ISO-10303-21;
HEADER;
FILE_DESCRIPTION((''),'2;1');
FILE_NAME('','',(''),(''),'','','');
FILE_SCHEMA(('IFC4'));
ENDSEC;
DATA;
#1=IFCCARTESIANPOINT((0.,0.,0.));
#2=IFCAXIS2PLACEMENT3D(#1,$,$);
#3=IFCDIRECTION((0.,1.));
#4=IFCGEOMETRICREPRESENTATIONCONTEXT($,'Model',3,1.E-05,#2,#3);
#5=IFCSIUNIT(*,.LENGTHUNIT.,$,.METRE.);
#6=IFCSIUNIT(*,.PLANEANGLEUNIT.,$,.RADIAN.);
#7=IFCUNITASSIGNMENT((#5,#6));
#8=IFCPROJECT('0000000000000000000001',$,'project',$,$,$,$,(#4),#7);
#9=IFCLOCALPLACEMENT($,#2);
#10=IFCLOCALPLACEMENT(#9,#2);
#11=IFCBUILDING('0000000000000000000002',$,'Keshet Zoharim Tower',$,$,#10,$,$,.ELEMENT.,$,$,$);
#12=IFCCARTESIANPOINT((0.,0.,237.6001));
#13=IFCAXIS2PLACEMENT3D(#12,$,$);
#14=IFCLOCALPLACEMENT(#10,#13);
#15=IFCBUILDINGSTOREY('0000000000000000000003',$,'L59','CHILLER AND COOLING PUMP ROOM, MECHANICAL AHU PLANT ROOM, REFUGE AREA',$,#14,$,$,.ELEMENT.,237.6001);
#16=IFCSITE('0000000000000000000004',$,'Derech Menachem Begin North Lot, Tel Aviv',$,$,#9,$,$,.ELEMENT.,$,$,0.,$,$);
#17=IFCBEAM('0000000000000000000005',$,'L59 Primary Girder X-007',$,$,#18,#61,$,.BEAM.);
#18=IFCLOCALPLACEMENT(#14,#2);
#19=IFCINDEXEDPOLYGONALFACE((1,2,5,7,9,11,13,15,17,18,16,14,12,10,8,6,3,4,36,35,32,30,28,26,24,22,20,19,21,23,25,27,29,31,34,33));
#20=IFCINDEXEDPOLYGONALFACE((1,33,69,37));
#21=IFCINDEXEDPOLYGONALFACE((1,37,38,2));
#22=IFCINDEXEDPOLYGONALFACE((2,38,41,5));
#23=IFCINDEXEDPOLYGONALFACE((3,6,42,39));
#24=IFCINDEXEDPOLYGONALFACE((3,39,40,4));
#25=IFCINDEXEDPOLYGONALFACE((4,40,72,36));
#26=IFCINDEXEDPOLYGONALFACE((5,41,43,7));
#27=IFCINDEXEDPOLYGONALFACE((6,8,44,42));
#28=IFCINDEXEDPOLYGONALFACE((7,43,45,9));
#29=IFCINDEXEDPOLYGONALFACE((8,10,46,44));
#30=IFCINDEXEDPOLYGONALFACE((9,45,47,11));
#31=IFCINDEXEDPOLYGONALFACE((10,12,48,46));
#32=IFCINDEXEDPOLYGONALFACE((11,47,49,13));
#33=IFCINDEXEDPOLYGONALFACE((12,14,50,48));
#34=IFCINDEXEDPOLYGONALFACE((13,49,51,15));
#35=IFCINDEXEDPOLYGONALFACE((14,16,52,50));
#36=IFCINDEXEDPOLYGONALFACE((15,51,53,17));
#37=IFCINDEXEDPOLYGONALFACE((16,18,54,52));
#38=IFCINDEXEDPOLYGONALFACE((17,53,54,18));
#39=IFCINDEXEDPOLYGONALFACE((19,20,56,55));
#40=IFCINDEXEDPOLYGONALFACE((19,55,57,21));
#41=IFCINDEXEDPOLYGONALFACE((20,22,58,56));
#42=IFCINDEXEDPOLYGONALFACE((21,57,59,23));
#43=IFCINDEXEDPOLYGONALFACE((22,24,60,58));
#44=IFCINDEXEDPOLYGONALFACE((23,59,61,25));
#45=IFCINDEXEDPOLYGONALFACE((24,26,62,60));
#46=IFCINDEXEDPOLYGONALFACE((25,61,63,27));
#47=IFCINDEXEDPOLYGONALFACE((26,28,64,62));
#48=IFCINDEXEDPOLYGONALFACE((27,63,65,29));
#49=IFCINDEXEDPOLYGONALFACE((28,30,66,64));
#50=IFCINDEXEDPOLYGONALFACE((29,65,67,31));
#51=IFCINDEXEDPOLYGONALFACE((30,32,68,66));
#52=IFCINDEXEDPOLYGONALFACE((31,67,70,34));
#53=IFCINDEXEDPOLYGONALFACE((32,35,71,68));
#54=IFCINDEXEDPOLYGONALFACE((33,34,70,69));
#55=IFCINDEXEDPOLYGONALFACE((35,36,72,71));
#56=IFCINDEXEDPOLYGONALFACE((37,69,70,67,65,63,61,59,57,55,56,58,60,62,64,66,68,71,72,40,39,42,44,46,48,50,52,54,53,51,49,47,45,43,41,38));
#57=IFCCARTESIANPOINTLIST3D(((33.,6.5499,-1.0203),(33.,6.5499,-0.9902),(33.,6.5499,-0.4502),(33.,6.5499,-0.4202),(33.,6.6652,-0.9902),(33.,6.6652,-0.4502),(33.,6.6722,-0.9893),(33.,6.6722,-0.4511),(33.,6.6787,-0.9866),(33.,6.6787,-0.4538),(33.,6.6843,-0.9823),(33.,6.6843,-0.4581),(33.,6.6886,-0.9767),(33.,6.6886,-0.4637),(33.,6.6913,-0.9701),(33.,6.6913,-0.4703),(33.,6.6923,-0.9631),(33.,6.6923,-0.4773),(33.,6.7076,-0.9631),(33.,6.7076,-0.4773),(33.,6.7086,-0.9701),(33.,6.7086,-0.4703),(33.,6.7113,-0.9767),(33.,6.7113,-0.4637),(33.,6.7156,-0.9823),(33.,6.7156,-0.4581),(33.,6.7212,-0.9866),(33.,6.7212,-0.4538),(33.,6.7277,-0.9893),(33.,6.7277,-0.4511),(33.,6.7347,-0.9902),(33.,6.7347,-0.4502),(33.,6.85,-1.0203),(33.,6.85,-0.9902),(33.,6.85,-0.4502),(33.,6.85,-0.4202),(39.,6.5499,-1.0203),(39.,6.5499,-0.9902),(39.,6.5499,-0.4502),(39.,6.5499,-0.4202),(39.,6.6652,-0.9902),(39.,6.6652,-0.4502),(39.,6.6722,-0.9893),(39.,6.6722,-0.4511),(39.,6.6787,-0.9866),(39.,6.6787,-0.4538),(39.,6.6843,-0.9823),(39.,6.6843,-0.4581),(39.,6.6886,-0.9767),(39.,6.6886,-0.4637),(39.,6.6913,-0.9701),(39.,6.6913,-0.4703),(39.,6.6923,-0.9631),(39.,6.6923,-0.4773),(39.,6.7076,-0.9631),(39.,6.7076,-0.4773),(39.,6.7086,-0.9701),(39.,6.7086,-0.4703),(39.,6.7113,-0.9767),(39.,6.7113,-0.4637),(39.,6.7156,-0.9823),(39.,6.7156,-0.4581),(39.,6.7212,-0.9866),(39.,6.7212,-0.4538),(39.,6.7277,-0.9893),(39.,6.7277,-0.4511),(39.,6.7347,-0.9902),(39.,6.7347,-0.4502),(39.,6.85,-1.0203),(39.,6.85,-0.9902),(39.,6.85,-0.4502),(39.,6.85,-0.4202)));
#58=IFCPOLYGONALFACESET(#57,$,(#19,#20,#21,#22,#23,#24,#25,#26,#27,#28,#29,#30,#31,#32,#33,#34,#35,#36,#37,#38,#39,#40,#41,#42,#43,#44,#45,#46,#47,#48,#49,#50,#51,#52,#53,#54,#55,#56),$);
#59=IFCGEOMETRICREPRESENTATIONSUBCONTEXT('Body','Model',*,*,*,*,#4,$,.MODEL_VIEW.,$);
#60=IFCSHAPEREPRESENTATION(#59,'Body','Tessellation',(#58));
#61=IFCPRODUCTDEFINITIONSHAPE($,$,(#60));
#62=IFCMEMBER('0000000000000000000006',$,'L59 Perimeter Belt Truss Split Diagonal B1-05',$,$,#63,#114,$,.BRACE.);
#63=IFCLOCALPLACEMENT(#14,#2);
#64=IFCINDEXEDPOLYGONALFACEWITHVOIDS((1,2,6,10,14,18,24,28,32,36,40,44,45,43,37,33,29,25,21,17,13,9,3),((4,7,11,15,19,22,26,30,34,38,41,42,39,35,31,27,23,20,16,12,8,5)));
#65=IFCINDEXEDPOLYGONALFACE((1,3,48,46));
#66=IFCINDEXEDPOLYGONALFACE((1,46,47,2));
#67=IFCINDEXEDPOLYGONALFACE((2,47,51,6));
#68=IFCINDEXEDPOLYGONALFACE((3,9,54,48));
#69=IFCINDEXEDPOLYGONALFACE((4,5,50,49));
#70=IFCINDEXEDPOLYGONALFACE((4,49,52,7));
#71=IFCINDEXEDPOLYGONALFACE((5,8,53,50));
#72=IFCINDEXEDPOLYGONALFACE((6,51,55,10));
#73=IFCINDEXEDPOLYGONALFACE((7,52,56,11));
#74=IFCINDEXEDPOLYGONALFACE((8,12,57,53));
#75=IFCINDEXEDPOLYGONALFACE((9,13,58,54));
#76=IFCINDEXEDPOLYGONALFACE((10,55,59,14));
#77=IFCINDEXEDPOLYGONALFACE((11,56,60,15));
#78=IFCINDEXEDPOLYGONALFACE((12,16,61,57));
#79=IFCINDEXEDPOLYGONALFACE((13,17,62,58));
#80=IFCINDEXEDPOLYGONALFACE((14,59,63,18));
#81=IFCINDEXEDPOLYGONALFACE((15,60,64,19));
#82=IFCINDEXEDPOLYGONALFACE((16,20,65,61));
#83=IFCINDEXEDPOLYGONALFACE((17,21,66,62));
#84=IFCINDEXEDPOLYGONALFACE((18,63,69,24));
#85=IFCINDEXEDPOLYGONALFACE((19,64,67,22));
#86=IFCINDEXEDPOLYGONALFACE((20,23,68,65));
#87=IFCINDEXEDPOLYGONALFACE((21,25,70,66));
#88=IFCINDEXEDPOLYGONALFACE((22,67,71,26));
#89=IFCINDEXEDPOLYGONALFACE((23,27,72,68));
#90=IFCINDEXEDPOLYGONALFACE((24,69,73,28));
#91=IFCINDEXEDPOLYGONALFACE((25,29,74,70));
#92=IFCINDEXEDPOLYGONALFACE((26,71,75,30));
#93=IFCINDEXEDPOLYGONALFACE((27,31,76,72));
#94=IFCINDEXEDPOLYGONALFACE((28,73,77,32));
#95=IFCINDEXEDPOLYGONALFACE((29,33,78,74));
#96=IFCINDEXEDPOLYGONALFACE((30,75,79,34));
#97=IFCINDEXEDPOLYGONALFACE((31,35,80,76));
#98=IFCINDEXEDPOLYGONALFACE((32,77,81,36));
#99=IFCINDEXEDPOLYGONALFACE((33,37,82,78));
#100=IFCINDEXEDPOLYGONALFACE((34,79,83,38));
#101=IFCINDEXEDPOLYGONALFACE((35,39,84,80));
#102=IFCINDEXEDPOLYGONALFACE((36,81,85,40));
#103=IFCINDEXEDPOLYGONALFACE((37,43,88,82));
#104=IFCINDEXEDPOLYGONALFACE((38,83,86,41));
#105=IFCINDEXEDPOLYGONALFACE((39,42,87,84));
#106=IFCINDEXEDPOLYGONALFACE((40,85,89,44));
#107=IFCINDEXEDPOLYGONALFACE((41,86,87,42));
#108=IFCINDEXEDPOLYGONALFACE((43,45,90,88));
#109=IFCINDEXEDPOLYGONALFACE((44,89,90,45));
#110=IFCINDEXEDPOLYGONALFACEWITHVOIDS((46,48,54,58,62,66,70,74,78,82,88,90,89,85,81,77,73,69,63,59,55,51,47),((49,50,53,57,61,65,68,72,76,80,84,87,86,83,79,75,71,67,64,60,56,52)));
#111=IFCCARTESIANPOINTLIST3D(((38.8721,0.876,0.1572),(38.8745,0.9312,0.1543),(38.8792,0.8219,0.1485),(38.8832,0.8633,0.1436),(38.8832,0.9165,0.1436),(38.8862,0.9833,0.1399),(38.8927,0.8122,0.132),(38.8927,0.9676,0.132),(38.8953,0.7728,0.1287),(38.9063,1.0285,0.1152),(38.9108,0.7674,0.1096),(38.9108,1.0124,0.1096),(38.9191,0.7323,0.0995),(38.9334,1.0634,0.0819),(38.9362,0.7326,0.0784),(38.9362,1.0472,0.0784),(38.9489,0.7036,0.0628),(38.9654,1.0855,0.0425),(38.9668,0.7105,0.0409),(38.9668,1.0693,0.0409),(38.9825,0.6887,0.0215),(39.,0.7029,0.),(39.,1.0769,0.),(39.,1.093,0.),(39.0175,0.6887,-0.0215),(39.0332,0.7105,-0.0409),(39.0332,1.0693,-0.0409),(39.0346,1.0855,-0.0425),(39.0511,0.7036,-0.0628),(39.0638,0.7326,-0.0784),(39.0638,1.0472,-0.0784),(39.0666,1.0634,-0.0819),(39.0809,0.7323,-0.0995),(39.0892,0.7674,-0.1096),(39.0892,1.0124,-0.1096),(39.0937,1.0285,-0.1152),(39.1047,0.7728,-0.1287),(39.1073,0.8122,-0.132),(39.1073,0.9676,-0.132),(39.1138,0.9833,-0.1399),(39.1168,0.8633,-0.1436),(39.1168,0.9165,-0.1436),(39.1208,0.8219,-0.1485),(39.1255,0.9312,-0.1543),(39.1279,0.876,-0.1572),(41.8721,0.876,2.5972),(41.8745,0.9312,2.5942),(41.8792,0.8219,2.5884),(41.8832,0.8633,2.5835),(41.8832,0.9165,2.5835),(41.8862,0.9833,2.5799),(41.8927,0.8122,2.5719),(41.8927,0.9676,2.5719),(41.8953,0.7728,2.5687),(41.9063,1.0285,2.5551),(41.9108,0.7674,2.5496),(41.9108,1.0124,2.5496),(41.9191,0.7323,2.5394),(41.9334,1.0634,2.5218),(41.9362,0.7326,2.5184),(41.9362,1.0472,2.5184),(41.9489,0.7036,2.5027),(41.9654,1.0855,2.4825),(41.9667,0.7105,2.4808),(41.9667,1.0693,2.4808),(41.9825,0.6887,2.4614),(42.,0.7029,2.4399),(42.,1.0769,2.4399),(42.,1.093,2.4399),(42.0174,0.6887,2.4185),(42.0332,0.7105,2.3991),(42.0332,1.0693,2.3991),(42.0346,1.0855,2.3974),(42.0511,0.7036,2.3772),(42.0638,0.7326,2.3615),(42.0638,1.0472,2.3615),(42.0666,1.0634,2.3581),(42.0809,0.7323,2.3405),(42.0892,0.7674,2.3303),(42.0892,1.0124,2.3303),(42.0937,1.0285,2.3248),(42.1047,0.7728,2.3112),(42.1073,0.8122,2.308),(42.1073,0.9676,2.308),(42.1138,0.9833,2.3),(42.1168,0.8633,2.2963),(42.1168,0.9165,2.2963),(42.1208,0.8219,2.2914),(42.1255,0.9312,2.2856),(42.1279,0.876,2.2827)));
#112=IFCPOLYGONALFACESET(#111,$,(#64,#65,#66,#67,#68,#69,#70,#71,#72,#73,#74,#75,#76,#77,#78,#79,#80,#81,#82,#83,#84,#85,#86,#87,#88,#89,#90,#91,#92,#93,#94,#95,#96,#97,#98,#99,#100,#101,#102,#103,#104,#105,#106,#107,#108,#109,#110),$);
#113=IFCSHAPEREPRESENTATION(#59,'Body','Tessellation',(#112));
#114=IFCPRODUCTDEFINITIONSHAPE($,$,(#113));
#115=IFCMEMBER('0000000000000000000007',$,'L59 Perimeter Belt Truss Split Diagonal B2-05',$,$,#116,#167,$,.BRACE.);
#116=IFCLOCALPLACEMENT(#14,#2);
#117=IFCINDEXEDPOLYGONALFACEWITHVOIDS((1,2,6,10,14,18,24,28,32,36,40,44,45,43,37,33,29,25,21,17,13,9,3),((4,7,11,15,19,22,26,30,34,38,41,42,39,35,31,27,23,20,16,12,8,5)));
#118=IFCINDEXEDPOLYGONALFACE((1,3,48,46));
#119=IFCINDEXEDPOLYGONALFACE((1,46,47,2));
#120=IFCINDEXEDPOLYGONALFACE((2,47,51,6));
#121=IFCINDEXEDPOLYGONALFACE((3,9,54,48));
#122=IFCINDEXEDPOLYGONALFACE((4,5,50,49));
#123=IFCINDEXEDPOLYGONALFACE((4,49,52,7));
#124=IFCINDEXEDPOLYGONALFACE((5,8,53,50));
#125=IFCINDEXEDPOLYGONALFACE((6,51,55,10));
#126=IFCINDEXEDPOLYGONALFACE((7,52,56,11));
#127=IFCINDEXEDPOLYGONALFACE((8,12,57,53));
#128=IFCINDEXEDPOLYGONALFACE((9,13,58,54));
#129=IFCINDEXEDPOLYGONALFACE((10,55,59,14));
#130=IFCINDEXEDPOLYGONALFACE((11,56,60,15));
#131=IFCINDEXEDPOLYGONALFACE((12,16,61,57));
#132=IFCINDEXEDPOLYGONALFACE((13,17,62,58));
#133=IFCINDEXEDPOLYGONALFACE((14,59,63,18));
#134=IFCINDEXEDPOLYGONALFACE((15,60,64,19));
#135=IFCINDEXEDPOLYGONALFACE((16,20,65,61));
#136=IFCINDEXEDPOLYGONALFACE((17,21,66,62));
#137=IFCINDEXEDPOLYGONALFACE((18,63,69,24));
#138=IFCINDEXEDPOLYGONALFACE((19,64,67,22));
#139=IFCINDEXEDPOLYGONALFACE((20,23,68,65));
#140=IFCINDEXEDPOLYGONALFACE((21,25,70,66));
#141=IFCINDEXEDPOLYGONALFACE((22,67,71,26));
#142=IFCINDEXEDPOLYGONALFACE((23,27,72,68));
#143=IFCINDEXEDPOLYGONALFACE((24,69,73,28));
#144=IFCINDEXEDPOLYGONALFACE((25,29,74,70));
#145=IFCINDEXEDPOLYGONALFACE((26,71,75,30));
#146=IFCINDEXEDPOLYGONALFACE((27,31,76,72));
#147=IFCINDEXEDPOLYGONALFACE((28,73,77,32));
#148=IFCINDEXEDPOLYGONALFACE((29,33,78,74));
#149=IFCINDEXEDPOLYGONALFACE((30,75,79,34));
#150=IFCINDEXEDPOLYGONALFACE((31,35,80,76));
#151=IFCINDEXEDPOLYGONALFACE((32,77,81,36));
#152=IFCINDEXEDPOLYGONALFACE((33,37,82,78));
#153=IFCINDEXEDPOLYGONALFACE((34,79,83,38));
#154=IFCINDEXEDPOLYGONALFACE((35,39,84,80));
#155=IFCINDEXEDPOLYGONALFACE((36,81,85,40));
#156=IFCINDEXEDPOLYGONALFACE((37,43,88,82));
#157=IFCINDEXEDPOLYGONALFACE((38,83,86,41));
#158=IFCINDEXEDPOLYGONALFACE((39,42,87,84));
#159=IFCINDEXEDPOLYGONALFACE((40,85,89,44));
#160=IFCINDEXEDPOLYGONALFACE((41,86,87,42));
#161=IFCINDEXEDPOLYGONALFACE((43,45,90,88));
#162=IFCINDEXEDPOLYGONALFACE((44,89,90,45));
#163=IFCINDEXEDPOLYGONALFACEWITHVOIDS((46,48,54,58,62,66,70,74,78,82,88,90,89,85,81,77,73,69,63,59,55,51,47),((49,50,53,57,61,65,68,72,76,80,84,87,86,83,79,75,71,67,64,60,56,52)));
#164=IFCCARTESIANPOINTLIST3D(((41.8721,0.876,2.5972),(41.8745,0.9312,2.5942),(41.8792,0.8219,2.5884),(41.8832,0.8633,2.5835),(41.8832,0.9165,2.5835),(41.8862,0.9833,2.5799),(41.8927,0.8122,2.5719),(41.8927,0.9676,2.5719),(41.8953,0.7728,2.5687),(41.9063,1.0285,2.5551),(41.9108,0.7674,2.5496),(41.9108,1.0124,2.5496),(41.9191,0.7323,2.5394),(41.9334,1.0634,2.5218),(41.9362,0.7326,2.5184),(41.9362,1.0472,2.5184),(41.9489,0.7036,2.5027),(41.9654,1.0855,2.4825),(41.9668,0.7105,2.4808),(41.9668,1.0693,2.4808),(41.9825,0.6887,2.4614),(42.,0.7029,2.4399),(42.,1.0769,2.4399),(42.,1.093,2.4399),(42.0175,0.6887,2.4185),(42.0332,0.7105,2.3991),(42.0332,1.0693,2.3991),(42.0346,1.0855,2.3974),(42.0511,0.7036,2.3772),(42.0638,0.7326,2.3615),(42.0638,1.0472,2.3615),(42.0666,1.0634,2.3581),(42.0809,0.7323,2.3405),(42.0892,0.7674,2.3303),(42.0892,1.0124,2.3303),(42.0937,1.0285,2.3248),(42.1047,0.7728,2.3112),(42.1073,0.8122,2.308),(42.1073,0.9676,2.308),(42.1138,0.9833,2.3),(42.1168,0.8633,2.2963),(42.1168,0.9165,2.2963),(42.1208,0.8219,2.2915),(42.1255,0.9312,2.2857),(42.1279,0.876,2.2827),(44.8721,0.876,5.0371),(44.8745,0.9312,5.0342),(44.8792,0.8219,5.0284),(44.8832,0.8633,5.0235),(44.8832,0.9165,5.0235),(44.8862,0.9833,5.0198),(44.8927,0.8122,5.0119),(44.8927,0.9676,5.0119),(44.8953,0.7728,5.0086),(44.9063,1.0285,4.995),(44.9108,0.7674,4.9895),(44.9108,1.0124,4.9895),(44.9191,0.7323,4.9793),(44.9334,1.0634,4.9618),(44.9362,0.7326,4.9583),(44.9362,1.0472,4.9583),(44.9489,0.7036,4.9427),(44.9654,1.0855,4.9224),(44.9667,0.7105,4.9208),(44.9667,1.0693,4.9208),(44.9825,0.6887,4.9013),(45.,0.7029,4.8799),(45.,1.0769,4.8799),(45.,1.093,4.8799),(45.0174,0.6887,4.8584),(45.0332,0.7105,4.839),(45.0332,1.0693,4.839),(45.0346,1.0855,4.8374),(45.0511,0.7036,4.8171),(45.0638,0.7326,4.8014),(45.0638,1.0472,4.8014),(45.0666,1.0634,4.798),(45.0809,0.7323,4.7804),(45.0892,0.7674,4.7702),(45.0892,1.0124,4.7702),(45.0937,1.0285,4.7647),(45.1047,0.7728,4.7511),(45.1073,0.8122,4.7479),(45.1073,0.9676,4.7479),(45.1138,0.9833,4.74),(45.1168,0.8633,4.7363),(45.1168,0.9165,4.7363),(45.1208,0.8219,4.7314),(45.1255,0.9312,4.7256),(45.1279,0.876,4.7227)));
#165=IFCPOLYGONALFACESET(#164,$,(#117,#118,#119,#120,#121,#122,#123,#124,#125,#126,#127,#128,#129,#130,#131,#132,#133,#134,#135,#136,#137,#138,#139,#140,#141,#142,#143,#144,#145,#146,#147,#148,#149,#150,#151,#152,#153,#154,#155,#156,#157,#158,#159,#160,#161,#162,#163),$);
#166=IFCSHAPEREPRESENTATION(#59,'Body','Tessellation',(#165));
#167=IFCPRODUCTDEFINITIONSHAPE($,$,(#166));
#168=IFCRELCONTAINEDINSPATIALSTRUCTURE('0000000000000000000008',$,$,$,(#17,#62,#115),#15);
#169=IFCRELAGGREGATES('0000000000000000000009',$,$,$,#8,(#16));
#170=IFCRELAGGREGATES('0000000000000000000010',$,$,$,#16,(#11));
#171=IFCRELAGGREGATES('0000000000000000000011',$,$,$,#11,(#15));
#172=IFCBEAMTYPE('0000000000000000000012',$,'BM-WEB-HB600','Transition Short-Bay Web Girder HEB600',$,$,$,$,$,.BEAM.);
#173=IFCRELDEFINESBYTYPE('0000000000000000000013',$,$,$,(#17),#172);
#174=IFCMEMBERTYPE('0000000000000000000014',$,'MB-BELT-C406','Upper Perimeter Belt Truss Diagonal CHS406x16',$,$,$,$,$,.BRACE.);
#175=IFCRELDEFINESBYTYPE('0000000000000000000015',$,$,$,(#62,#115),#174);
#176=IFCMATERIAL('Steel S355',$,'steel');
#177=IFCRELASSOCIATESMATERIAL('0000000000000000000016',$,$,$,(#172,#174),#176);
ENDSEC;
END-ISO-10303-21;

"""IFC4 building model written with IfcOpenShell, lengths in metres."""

from ifc_helpers import new_model, si_unit, direction, frame, origin, origin_2d, place, context, subcontext, project, spatial, hollow_circle, i_section, extrude, material, material_profile, profile_set, type_object, element, save


model = new_model("IFC4")

# Units and contexts
model_context = context("Model", 3, precision=1e-05, world=origin(), true_north=direction((0.0, 1.0)))
body_context = subcontext(model_context, "Body", "Model", "MODEL_VIEW")
ifc_project = project(units=[si_unit("LENGTHUNIT", "METRE"), si_unit("PLANEANGLEUNIT", "RADIAN")], contexts=[model_context])

# Site, building, storey
site_placement = place(None, origin())
site = spatial("IfcSite", under=ifc_project, at=site_placement, Name="Derech Menachem Begin North Lot, Tel Aviv", CompositionType="ELEMENT", RefElevation=0.0)
building_placement = place(site_placement, origin())
building = spatial("IfcBuilding", under=site, at=building_placement, Name="Keshet Zoharim Tower", CompositionType="ELEMENT")
storey_placement = place(building_placement, frame((0.0, 0.0, 237.6001)))
storey = spatial("IfcBuildingStorey", under=building, at=storey_placement, Name="L59", Description="CHILLER AND COOLING PUMP ROOM, MECHANICAL AHU PLANT ROOM, REFUGE AREA", CompositionType="ELEMENT", Elevation=237.6001)

# Shared definitions
ifc_material_1 = material(Name="Steel S355", Category="steel")

# Beam
ifc_material_profile_1 = material_profile(ifc_material_1, i_section(OverallWidth=0.3, OverallDepth=0.6001, WebThickness=0.0154, FlangeThickness=0.03, FilletRadius=0.0271, at=origin_2d()), Name="HEB600")
ifc_profile_set_1 = profile_set([ifc_material_profile_1], Name="Steel S355")
beam_type_1 = type_object("IfcBeamType", Name="BM-WEB-HB600", Description="Transition Short-Bay Web Girder HEB600", PredefinedType="BEAM", material=ifc_profile_set_1)
for number, where, z_axis, x_axis, name in (
    (1, (33.0, 6.7, -0.7202), (1.0, 0.0, 0.0), (0.0, 1.0, 0.0), "L59 Primary Girder X-007"),
):
    element("IfcBeam", number, at=place(storey_placement, frame(where, z_axis=z_axis, x_axis=x_axis)), inside=storey, type_object=beam_type_1, Name=name, PredefinedType="BEAM", context=body_context, shape_type="SweptSolid", body=[
        extrude(i_section(OverallWidth=0.3, OverallDepth=0.6001, WebThickness=0.0154, FlangeThickness=0.03, FilletRadius=0.0271, at=origin_2d()), origin(), (0.0, 0.0, 1.0), 6.0),
    ])

# Members
ifc_material_profile_2 = material_profile(ifc_material_1, hollow_circle(Radius=0.2031, WallThickness=0.0161, at=origin_2d()), Name="CHS406x16")
ifc_profile_set_2 = profile_set([ifc_material_profile_2], Name="Steel S355")
member_type_1 = type_object("IfcMemberType", Name="MB-BELT-C406", Description="Upper Perimeter Belt Truss Diagonal CHS406x16", PredefinedType="BRACE", material=ifc_profile_set_2)
for number, where, z_axis, x_axis, name in (
    (2, (39.0, 0.8899, 0.0), (0.775805, 0.0, 0.630973), (0.0, 1.0, 0.0), "L59 Perimeter Belt Truss Split Diagonal B1-05"),
    (3, (42.0, 0.8899, 2.4399), (0.775805, 0.0, 0.630973), (0.0, 1.0, 0.0), "L59 Perimeter Belt Truss Split Diagonal B2-05"),
):
    element("IfcMember", number, at=place(storey_placement, frame(where, z_axis=z_axis, x_axis=x_axis)), inside=storey, type_object=member_type_1, Name=name, PredefinedType="BRACE", context=body_context, shape_type="SweptSolid", body=[
        extrude(hollow_circle(Radius=0.2031, WallThickness=0.0161, at=origin_2d()), origin(), (0.0, 0.0, 1.0), 3.8669),
    ])

save(model, "model.ifc")
